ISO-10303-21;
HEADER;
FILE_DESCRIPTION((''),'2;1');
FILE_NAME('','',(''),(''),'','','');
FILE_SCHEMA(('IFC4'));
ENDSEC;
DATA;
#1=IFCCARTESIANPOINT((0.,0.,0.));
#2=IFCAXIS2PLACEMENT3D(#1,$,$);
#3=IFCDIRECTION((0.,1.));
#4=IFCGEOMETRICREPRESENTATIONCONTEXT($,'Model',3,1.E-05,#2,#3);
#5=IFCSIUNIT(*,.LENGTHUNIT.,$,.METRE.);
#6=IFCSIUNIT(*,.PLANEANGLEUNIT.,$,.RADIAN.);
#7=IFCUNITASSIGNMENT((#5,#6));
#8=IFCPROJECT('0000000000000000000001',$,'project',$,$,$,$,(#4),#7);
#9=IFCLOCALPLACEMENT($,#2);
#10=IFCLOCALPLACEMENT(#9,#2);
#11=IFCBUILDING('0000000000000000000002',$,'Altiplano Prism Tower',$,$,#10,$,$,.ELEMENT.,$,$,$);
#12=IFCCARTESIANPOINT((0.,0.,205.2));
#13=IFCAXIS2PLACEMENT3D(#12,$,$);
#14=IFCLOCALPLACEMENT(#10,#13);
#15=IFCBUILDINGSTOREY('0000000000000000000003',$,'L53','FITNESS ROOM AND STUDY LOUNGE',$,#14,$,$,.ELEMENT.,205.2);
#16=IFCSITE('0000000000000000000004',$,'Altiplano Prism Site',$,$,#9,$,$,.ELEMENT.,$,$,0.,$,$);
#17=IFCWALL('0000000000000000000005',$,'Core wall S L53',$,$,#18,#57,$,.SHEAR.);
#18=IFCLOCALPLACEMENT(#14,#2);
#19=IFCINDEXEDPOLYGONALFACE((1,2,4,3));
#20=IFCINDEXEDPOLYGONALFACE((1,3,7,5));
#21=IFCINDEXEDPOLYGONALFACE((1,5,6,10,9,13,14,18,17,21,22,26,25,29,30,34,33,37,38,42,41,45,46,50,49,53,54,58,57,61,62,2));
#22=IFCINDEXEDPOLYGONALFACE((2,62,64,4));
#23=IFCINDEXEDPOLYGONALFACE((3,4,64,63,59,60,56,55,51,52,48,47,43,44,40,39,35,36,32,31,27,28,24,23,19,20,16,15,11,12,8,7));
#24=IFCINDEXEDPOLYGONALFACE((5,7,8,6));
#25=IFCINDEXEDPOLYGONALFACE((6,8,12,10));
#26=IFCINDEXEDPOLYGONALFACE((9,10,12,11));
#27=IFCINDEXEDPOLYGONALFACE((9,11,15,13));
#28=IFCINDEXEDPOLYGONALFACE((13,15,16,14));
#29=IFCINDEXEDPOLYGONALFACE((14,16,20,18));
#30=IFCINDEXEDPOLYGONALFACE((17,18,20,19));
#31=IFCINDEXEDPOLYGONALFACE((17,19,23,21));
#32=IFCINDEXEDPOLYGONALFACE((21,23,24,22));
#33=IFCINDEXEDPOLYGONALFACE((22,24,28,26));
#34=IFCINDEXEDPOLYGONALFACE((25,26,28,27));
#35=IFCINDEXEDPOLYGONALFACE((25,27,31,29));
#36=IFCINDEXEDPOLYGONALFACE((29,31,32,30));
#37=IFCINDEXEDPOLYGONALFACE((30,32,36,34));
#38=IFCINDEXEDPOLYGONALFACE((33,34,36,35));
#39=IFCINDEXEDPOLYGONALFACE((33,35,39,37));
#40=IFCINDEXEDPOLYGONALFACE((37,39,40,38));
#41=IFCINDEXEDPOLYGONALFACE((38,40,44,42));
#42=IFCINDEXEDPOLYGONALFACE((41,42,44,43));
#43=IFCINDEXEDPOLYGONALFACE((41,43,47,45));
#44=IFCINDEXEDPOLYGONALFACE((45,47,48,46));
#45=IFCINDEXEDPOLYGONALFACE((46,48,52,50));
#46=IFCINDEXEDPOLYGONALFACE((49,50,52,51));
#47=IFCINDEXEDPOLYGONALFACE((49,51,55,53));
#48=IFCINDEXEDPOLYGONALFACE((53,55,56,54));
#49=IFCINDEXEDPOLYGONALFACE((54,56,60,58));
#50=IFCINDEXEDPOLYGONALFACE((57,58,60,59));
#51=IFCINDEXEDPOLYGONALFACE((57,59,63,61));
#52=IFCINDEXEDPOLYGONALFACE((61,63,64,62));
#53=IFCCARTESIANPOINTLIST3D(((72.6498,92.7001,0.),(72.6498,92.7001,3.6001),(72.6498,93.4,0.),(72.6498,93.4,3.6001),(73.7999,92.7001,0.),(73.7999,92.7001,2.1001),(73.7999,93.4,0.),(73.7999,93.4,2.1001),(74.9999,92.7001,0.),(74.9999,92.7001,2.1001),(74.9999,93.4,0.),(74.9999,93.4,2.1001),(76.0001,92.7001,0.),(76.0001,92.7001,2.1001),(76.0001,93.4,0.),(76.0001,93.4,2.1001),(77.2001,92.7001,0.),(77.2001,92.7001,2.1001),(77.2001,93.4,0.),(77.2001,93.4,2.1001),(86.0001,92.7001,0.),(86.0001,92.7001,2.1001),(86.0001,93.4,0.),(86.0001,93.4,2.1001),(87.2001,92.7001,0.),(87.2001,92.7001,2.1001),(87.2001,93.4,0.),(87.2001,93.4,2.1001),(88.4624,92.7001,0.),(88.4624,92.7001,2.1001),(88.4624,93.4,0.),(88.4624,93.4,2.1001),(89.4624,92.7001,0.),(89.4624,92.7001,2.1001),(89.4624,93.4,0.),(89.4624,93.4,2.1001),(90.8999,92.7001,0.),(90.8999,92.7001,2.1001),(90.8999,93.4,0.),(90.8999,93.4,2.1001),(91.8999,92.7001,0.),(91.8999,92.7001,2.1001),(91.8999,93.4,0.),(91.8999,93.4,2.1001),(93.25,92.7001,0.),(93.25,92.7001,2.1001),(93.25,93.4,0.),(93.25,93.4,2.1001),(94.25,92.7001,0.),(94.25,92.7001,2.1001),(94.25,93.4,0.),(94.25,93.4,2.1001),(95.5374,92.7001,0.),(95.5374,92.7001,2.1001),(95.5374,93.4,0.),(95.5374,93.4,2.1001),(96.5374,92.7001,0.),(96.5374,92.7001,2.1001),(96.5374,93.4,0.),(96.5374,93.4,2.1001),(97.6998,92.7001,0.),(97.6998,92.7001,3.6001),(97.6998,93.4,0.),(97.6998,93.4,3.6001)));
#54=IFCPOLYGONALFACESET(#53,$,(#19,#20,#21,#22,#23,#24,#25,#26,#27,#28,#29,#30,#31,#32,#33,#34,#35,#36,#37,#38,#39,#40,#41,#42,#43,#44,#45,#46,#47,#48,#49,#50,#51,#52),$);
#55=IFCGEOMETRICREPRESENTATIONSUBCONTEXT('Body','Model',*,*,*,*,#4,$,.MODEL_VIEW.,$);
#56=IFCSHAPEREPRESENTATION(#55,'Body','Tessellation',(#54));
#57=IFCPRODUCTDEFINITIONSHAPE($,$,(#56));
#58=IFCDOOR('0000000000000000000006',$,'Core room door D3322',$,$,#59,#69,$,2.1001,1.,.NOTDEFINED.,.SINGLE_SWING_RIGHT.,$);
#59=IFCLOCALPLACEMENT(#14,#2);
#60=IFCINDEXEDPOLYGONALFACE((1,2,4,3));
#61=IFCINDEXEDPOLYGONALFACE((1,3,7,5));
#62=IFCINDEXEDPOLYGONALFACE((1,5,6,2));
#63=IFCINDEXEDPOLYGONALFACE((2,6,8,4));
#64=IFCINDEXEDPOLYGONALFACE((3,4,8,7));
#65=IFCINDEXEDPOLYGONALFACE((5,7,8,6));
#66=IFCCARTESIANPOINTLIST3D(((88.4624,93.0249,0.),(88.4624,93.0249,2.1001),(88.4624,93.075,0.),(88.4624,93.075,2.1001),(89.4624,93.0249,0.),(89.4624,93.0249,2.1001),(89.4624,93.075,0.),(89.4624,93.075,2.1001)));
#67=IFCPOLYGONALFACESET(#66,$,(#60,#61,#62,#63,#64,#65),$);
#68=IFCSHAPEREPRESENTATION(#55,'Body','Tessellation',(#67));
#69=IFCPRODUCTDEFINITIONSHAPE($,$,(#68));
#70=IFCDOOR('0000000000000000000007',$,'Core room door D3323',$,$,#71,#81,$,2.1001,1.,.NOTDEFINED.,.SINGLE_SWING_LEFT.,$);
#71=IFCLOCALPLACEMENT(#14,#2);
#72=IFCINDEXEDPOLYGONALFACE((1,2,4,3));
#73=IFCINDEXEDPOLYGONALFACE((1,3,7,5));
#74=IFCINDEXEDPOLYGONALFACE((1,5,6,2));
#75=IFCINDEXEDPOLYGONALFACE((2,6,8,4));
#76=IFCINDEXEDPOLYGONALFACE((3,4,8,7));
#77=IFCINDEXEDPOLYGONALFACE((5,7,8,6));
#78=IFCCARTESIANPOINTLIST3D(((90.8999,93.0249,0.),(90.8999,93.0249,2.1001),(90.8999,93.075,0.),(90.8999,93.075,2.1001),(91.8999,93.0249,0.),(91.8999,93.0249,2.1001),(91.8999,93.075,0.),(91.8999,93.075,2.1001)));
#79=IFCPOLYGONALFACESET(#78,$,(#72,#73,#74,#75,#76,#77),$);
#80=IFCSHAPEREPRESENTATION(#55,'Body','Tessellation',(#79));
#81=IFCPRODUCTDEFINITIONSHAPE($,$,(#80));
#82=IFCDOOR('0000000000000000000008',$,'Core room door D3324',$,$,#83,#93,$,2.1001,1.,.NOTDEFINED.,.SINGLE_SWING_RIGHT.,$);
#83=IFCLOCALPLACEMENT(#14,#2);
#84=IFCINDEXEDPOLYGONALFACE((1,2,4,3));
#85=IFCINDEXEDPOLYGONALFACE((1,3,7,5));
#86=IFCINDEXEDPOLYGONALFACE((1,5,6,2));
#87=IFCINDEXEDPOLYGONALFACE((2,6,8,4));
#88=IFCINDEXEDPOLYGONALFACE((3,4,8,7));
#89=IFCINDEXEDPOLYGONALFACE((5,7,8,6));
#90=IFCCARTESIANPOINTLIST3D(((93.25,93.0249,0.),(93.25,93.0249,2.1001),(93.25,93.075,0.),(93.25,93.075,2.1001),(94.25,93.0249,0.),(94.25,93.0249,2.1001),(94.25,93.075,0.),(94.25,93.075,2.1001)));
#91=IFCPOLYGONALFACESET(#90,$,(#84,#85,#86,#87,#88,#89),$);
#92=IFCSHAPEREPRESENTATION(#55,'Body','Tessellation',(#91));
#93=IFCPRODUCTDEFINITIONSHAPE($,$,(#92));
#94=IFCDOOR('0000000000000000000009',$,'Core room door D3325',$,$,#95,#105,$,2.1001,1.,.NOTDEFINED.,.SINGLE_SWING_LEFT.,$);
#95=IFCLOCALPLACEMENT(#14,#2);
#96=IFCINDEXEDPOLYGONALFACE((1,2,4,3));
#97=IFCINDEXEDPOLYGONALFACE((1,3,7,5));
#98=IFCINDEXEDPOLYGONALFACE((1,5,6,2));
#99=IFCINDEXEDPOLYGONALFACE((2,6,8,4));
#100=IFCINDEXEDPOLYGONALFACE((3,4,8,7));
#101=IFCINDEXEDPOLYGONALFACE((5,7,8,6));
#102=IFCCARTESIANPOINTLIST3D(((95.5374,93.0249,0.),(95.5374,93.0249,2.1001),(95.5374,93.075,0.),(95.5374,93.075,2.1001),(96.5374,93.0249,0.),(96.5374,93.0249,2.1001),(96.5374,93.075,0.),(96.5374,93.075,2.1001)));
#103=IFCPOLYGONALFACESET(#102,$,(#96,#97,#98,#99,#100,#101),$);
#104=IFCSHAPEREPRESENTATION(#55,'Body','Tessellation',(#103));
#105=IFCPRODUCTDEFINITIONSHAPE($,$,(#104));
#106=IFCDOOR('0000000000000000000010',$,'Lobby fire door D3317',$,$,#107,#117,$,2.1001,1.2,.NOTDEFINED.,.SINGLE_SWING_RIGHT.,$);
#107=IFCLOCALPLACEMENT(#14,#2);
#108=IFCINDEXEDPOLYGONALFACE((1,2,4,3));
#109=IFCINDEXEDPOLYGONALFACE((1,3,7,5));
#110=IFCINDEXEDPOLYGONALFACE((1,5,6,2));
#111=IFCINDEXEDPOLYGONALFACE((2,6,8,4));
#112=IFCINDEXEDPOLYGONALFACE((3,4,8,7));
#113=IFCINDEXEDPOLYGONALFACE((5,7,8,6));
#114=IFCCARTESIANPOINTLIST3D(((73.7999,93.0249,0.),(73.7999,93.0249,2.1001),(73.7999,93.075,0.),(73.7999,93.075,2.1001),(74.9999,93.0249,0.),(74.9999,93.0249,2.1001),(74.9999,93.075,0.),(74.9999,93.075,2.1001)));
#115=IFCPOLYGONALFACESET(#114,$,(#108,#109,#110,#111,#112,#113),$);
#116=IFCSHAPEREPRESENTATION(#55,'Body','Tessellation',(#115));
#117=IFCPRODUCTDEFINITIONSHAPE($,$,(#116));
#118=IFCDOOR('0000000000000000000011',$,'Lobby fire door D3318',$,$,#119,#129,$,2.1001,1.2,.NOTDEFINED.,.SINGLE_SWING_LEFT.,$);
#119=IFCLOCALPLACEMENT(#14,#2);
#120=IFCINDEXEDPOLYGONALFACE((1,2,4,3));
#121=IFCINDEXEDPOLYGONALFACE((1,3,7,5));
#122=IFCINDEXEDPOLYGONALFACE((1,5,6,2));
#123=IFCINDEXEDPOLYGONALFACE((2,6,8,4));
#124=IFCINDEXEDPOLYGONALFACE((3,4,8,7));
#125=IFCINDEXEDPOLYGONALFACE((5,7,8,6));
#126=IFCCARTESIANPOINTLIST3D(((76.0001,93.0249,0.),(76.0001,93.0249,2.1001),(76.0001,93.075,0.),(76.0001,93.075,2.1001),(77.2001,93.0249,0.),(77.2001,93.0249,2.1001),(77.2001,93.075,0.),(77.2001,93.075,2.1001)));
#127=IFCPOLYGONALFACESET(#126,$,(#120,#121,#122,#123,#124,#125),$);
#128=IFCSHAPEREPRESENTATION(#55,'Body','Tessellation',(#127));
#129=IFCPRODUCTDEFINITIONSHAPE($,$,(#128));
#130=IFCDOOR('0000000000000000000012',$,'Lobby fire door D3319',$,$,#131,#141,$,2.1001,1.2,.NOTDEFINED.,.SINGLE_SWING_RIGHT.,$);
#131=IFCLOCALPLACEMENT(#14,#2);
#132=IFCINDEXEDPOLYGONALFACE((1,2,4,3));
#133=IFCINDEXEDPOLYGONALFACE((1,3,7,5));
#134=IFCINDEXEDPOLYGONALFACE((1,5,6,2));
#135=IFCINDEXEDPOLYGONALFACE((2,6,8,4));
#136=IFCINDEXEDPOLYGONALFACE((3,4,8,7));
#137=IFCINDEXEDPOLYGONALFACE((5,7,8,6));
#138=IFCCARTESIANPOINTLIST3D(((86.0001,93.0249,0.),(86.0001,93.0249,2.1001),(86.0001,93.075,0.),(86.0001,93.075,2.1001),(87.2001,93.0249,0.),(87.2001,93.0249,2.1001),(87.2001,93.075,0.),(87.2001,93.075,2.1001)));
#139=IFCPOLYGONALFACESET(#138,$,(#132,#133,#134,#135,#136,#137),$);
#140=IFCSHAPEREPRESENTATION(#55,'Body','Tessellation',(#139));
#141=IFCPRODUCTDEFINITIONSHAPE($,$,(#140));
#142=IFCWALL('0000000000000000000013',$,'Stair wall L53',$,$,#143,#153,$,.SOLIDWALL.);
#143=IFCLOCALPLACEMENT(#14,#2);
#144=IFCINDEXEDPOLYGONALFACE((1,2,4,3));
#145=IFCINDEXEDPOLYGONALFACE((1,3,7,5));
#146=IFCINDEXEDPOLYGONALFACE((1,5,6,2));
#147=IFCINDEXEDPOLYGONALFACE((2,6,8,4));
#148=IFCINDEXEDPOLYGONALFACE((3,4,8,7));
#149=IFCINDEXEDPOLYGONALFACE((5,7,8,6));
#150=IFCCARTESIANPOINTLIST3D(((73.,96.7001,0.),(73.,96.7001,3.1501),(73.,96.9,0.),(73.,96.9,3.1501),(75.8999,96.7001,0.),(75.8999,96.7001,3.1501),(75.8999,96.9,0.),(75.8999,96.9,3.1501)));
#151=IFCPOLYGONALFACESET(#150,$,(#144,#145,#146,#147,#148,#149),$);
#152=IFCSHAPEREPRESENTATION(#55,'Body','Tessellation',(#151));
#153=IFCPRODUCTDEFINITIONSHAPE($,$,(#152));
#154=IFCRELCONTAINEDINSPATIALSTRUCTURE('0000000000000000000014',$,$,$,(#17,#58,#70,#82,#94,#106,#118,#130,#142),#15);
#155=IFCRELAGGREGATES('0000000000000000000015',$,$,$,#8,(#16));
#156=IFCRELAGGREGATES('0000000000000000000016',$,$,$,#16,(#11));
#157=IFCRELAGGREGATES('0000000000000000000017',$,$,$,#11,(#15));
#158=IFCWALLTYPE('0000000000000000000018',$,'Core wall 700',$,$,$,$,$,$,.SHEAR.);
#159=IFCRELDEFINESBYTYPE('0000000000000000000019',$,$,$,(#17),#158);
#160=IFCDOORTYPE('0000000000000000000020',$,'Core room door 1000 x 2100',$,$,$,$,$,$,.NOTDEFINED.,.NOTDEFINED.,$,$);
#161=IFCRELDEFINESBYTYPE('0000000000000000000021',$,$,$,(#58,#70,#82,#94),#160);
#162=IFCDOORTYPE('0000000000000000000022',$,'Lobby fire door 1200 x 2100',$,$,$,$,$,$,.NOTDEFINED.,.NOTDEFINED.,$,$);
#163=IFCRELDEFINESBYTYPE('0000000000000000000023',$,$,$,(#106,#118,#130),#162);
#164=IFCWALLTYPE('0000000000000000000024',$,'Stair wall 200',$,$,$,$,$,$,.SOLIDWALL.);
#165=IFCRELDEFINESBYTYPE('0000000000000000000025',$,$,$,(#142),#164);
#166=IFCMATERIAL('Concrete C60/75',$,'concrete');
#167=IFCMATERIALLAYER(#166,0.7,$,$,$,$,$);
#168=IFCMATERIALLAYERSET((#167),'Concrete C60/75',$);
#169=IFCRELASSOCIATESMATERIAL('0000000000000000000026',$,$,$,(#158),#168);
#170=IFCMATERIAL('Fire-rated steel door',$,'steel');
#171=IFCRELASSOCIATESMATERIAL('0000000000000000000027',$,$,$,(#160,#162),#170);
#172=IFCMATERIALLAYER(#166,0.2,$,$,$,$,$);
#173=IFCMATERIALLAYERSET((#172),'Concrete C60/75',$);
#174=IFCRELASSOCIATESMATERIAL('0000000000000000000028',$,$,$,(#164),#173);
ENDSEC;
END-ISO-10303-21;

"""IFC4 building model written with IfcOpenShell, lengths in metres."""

from ifc_helpers import new_model, si_unit, direction, frame, frame_2d, origin, place, context, subcontext, project, spatial, rectangle, extrude, material, layer, layer_set, type_object, element, fill, save


model = new_model("IFC4")

# Units and contexts
model_context = context("Model", 3, precision=1e-05, world=origin(), true_north=direction((0.0, 1.0)))
body_context = subcontext(model_context, "Body", "Model", "MODEL_VIEW")
ifc_project = project(units=[si_unit("LENGTHUNIT", "METRE"), si_unit("PLANEANGLEUNIT", "RADIAN")], contexts=[model_context])

# Site, building, storey
site_placement = place(None, origin())
site = spatial("IfcSite", under=ifc_project, at=site_placement, Name="Altiplano Prism Site", CompositionType="ELEMENT", RefElevation=0.0)
building_placement = place(site_placement, origin())
building = spatial("IfcBuilding", under=site, at=building_placement, Name="Altiplano Prism Tower", CompositionType="ELEMENT")
storey_placement = place(building_placement, frame((0.0, 0.0, 205.2)))
storey = spatial("IfcBuildingStorey", under=building, at=storey_placement, Name="L53", Description="FITNESS ROOM AND STUDY LOUNGE", CompositionType="ELEMENT", Elevation=205.2)

# Wall, openings, doors
ifc_material_1 = material(Name="Concrete C60/75", Category="concrete")
ifc_layer_1 = layer(ifc_material_1, 0.7)
ifc_layer_set_1 = layer_set([ifc_layer_1], Name="Concrete C60/75")
wall_type_1 = type_object("IfcWallType", Name="Core wall 700", PredefinedType="SHEAR", material=ifc_layer_set_1)
wall_1_placement = place(storey_placement, frame((72.6499, 93.05, 0.0), z_axis=(0.0, 0.0, 1.0), x_axis=(1.0, 0.0, 0.0)))
wall_1 = element("IfcWall", 1, at=wall_1_placement, inside=storey, type_object=wall_type_1, Name="Core wall S L53", PredefinedType="SHEAR", context=body_context, shape_type="SweptSolid", body=[
    extrude(rectangle(XDim=25.05, YDim=0.7, at=frame_2d((12.5249, 0.0))), origin(), (0.0, 0.0, 1.0), 3.6001),
])
opening_1_placement = place(wall_1_placement, frame((1.1499, 0.0, 0.0)))
opening_1 = element("IfcOpeningElement", 2, at=opening_1_placement, cuts=wall_1, PredefinedType="OPENING", context=body_context, shape_type="SweptSolid", body=[
    extrude(rectangle(XDim=1.2, YDim=2.1001, at=frame_2d((0.6001, 1.05))), frame((0.0, 0.3604, 0.0), z_axis=(0.0, -1.0, 0.0), x_axis=(1.0, 0.0, 0.0)), (0.0, 0.0, 1.0), 0.7209),
])
opening_2_placement = place(wall_1_placement, frame((3.3501, 0.0, 0.0)))
opening_2 = element("IfcOpeningElement", 3, at=opening_2_placement, cuts=wall_1, PredefinedType="OPENING", context=body_context, shape_type="SweptSolid", body=[
    extrude(rectangle(XDim=1.2, YDim=2.1001, at=frame_2d((0.6001, 1.05))), frame((0.0, 0.3604, 0.0), z_axis=(0.0, -1.0, 0.0), x_axis=(1.0, 0.0, 0.0)), (0.0, 0.0, 1.0), 0.7209),
])
opening_3_placement = place(wall_1_placement, frame((13.3501, 0.0, 0.0)))
opening_3 = element("IfcOpeningElement", 4, at=opening_3_placement, cuts=wall_1, PredefinedType="OPENING", context=body_context, shape_type="SweptSolid", body=[
    extrude(rectangle(XDim=1.2, YDim=2.1001, at=frame_2d((0.6001, 1.05))), frame((0.0, 0.3604, 0.0), z_axis=(0.0, -1.0, 0.0), x_axis=(1.0, 0.0, 0.0)), (0.0, 0.0, 1.0), 0.7209),
])
opening_4_placement = place(wall_1_placement, frame((15.8125, 0.0, 0.0)))
opening_4 = element("IfcOpeningElement", 5, at=opening_4_placement, cuts=wall_1, PredefinedType="OPENING", context=body_context, shape_type="SweptSolid", body=[
    extrude(rectangle(XDim=1.0, YDim=2.1001, at=frame_2d((0.5, 1.05))), frame((0.0, 0.3604, 0.0), z_axis=(0.0, -1.0, 0.0), x_axis=(1.0, 0.0, 0.0)), (0.0, 0.0, 1.0), 0.7209),
])
opening_5_placement = place(wall_1_placement, frame((18.25, 0.0, 0.0)))
opening_5 = element("IfcOpeningElement", 6, at=opening_5_placement, cuts=wall_1, PredefinedType="OPENING", context=body_context, shape_type="SweptSolid", body=[
    extrude(rectangle(XDim=1.0, YDim=2.1001, at=frame_2d((0.5, 1.05))), frame((0.0, 0.3604, 0.0), z_axis=(0.0, -1.0, 0.0), x_axis=(1.0, 0.0, 0.0)), (0.0, 0.0, 1.0), 0.7209),
])
opening_6_placement = place(wall_1_placement, frame((20.6001, 0.0, 0.0)))
opening_6 = element("IfcOpeningElement", 7, at=opening_6_placement, cuts=wall_1, PredefinedType="OPENING", context=body_context, shape_type="SweptSolid", body=[
    extrude(rectangle(XDim=1.0, YDim=2.1001, at=frame_2d((0.5, 1.05))), frame((0.0, 0.3604, 0.0), z_axis=(0.0, -1.0, 0.0), x_axis=(1.0, 0.0, 0.0)), (0.0, 0.0, 1.0), 0.7209),
])
opening_7_placement = place(wall_1_placement, frame((22.8875, 0.0, 0.0)))
opening_7 = element("IfcOpeningElement", 8, at=opening_7_placement, cuts=wall_1, PredefinedType="OPENING", context=body_context, shape_type="SweptSolid", body=[
    extrude(rectangle(XDim=1.0, YDim=2.1001, at=frame_2d((0.5, 1.05))), frame((0.0, 0.3604, 0.0), z_axis=(0.0, -1.0, 0.0), x_axis=(1.0, 0.0, 0.0)), (0.0, 0.0, 1.0), 0.7209),
])
ifc_material_2 = material(Name="Fire-rated steel door", Category="steel")
door_type_1 = type_object("IfcDoorType", Name="Core room door 1000 x 2100", OperationType="NOTDEFINED", PredefinedType="NOTDEFINED", material=ifc_material_2)
door_1_placement = place(opening_4_placement, origin())
door_1 = element("IfcDoor", 9, at=door_1_placement, inside=storey, type_object=door_type_1, Name="Core room door D3322", OperationType="SINGLE_SWING_RIGHT", OverallHeight=2.1001, OverallWidth=1.0, PredefinedType="NOTDEFINED", context=body_context, shape_type="SweptSolid", body=[
    extrude(rectangle(XDim=1.0, YDim=2.1001, at=frame_2d((0.5, 1.05))), frame((0.0, 0.0249, 0.0), z_axis=(0.0, -1.0, 0.0), x_axis=(1.0, 0.0, 0.0)), (0.0, 0.0, 1.0), 0.05),
])
fill(opening_4, door_1)
door_2_placement = place(opening_5_placement, origin())
door_2 = element("IfcDoor", 10, at=door_2_placement, inside=storey, type_object=door_type_1, Name="Core room door D3323", OperationType="SINGLE_SWING_LEFT", OverallHeight=2.1001, OverallWidth=1.0, PredefinedType="NOTDEFINED", context=body_context, shape_type="SweptSolid", body=[
    extrude(rectangle(XDim=1.0, YDim=2.1001, at=frame_2d((0.5, 1.05))), frame((0.0, 0.0249, 0.0), z_axis=(0.0, -1.0, 0.0), x_axis=(1.0, 0.0, 0.0)), (0.0, 0.0, 1.0), 0.05),
])
fill(opening_5, door_2)
door_3_placement = place(opening_6_placement, origin())
door_3 = element("IfcDoor", 11, at=door_3_placement, inside=storey, type_object=door_type_1, Name="Core room door D3324", OperationType="SINGLE_SWING_RIGHT", OverallHeight=2.1001, OverallWidth=1.0, PredefinedType="NOTDEFINED", context=body_context, shape_type="SweptSolid", body=[
    extrude(rectangle(XDim=1.0, YDim=2.1001, at=frame_2d((0.5, 1.05))), frame((0.0, 0.0249, 0.0), z_axis=(0.0, -1.0, 0.0), x_axis=(1.0, 0.0, 0.0)), (0.0, 0.0, 1.0), 0.05),
])
fill(opening_6, door_3)
door_4_placement = place(opening_7_placement, origin())
door_4 = element("IfcDoor", 12, at=door_4_placement, inside=storey, type_object=door_type_1, Name="Core room door D3325", OperationType="SINGLE_SWING_LEFT", OverallHeight=2.1001, OverallWidth=1.0, PredefinedType="NOTDEFINED", context=body_context, shape_type="SweptSolid", body=[
    extrude(rectangle(XDim=1.0, YDim=2.1001, at=frame_2d((0.5, 1.05))), frame((0.0, 0.0249, 0.0), z_axis=(0.0, -1.0, 0.0), x_axis=(1.0, 0.0, 0.0)), (0.0, 0.0, 1.0), 0.05),
])
fill(opening_7, door_4)
door_type_2 = type_object("IfcDoorType", Name="Lobby fire door 1200 x 2100", OperationType="NOTDEFINED", PredefinedType="NOTDEFINED", material=ifc_material_2)
door_5_placement = place(opening_1_placement, origin())
door_5 = element("IfcDoor", 13, at=door_5_placement, inside=storey, type_object=door_type_2, Name="Lobby fire door D3317", OperationType="SINGLE_SWING_RIGHT", OverallHeight=2.1001, OverallWidth=1.2, PredefinedType="NOTDEFINED", context=body_context, shape_type="SweptSolid", body=[
    extrude(rectangle(XDim=1.2, YDim=2.1001, at=frame_2d((0.6001, 1.05))), frame((0.0, 0.0249, 0.0), z_axis=(0.0, -1.0, 0.0), x_axis=(1.0, 0.0, 0.0)), (0.0, 0.0, 1.0), 0.05),
])
fill(opening_1, door_5)
door_6_placement = place(opening_2_placement, origin())
door_6 = element("IfcDoor", 14, at=door_6_placement, inside=storey, type_object=door_type_2, Name="Lobby fire door D3318", OperationType="SINGLE_SWING_LEFT", OverallHeight=2.1001, OverallWidth=1.2, PredefinedType="NOTDEFINED", context=body_context, shape_type="SweptSolid", body=[
    extrude(rectangle(XDim=1.2, YDim=2.1001, at=frame_2d((0.6001, 1.05))), frame((0.0, 0.0249, 0.0), z_axis=(0.0, -1.0, 0.0), x_axis=(1.0, 0.0, 0.0)), (0.0, 0.0, 1.0), 0.05),
])
fill(opening_2, door_6)
door_7_placement = place(opening_3_placement, origin())
door_7 = element("IfcDoor", 15, at=door_7_placement, inside=storey, type_object=door_type_2, Name="Lobby fire door D3319", OperationType="SINGLE_SWING_RIGHT", OverallHeight=2.1001, OverallWidth=1.2, PredefinedType="NOTDEFINED", context=body_context, shape_type="SweptSolid", body=[
    extrude(rectangle(XDim=1.2, YDim=2.1001, at=frame_2d((0.6001, 1.05))), frame((0.0, 0.0249, 0.0), z_axis=(0.0, -1.0, 0.0), x_axis=(1.0, 0.0, 0.0)), (0.0, 0.0, 1.0), 0.05),
])
fill(opening_3, door_7)

# Wall
ifc_layer_2 = layer(ifc_material_1, 0.2)
ifc_layer_set_2 = layer_set([ifc_layer_2], Name="Concrete C60/75")
wall_type_2 = type_object("IfcWallType", Name="Stair wall 200", PredefinedType="SOLIDWALL", material=ifc_layer_set_2)
wall_2_placement = place(storey_placement, frame((73.0, 96.8, 0.0), z_axis=(0.0, 0.0, 1.0), x_axis=(1.0, 0.0, 0.0)))
element("IfcWall", 16, at=wall_2_placement, inside=storey, type_object=wall_type_2, Name="Stair wall L53", PredefinedType="SOLIDWALL", context=body_context, shape_type="SweptSolid", body=[
    extrude(rectangle(XDim=2.8999, YDim=0.2, at=frame_2d((1.45, 0.0))), origin(), (0.0, 0.0, 1.0), 3.1501),
])

save(model, "model.ifc")
